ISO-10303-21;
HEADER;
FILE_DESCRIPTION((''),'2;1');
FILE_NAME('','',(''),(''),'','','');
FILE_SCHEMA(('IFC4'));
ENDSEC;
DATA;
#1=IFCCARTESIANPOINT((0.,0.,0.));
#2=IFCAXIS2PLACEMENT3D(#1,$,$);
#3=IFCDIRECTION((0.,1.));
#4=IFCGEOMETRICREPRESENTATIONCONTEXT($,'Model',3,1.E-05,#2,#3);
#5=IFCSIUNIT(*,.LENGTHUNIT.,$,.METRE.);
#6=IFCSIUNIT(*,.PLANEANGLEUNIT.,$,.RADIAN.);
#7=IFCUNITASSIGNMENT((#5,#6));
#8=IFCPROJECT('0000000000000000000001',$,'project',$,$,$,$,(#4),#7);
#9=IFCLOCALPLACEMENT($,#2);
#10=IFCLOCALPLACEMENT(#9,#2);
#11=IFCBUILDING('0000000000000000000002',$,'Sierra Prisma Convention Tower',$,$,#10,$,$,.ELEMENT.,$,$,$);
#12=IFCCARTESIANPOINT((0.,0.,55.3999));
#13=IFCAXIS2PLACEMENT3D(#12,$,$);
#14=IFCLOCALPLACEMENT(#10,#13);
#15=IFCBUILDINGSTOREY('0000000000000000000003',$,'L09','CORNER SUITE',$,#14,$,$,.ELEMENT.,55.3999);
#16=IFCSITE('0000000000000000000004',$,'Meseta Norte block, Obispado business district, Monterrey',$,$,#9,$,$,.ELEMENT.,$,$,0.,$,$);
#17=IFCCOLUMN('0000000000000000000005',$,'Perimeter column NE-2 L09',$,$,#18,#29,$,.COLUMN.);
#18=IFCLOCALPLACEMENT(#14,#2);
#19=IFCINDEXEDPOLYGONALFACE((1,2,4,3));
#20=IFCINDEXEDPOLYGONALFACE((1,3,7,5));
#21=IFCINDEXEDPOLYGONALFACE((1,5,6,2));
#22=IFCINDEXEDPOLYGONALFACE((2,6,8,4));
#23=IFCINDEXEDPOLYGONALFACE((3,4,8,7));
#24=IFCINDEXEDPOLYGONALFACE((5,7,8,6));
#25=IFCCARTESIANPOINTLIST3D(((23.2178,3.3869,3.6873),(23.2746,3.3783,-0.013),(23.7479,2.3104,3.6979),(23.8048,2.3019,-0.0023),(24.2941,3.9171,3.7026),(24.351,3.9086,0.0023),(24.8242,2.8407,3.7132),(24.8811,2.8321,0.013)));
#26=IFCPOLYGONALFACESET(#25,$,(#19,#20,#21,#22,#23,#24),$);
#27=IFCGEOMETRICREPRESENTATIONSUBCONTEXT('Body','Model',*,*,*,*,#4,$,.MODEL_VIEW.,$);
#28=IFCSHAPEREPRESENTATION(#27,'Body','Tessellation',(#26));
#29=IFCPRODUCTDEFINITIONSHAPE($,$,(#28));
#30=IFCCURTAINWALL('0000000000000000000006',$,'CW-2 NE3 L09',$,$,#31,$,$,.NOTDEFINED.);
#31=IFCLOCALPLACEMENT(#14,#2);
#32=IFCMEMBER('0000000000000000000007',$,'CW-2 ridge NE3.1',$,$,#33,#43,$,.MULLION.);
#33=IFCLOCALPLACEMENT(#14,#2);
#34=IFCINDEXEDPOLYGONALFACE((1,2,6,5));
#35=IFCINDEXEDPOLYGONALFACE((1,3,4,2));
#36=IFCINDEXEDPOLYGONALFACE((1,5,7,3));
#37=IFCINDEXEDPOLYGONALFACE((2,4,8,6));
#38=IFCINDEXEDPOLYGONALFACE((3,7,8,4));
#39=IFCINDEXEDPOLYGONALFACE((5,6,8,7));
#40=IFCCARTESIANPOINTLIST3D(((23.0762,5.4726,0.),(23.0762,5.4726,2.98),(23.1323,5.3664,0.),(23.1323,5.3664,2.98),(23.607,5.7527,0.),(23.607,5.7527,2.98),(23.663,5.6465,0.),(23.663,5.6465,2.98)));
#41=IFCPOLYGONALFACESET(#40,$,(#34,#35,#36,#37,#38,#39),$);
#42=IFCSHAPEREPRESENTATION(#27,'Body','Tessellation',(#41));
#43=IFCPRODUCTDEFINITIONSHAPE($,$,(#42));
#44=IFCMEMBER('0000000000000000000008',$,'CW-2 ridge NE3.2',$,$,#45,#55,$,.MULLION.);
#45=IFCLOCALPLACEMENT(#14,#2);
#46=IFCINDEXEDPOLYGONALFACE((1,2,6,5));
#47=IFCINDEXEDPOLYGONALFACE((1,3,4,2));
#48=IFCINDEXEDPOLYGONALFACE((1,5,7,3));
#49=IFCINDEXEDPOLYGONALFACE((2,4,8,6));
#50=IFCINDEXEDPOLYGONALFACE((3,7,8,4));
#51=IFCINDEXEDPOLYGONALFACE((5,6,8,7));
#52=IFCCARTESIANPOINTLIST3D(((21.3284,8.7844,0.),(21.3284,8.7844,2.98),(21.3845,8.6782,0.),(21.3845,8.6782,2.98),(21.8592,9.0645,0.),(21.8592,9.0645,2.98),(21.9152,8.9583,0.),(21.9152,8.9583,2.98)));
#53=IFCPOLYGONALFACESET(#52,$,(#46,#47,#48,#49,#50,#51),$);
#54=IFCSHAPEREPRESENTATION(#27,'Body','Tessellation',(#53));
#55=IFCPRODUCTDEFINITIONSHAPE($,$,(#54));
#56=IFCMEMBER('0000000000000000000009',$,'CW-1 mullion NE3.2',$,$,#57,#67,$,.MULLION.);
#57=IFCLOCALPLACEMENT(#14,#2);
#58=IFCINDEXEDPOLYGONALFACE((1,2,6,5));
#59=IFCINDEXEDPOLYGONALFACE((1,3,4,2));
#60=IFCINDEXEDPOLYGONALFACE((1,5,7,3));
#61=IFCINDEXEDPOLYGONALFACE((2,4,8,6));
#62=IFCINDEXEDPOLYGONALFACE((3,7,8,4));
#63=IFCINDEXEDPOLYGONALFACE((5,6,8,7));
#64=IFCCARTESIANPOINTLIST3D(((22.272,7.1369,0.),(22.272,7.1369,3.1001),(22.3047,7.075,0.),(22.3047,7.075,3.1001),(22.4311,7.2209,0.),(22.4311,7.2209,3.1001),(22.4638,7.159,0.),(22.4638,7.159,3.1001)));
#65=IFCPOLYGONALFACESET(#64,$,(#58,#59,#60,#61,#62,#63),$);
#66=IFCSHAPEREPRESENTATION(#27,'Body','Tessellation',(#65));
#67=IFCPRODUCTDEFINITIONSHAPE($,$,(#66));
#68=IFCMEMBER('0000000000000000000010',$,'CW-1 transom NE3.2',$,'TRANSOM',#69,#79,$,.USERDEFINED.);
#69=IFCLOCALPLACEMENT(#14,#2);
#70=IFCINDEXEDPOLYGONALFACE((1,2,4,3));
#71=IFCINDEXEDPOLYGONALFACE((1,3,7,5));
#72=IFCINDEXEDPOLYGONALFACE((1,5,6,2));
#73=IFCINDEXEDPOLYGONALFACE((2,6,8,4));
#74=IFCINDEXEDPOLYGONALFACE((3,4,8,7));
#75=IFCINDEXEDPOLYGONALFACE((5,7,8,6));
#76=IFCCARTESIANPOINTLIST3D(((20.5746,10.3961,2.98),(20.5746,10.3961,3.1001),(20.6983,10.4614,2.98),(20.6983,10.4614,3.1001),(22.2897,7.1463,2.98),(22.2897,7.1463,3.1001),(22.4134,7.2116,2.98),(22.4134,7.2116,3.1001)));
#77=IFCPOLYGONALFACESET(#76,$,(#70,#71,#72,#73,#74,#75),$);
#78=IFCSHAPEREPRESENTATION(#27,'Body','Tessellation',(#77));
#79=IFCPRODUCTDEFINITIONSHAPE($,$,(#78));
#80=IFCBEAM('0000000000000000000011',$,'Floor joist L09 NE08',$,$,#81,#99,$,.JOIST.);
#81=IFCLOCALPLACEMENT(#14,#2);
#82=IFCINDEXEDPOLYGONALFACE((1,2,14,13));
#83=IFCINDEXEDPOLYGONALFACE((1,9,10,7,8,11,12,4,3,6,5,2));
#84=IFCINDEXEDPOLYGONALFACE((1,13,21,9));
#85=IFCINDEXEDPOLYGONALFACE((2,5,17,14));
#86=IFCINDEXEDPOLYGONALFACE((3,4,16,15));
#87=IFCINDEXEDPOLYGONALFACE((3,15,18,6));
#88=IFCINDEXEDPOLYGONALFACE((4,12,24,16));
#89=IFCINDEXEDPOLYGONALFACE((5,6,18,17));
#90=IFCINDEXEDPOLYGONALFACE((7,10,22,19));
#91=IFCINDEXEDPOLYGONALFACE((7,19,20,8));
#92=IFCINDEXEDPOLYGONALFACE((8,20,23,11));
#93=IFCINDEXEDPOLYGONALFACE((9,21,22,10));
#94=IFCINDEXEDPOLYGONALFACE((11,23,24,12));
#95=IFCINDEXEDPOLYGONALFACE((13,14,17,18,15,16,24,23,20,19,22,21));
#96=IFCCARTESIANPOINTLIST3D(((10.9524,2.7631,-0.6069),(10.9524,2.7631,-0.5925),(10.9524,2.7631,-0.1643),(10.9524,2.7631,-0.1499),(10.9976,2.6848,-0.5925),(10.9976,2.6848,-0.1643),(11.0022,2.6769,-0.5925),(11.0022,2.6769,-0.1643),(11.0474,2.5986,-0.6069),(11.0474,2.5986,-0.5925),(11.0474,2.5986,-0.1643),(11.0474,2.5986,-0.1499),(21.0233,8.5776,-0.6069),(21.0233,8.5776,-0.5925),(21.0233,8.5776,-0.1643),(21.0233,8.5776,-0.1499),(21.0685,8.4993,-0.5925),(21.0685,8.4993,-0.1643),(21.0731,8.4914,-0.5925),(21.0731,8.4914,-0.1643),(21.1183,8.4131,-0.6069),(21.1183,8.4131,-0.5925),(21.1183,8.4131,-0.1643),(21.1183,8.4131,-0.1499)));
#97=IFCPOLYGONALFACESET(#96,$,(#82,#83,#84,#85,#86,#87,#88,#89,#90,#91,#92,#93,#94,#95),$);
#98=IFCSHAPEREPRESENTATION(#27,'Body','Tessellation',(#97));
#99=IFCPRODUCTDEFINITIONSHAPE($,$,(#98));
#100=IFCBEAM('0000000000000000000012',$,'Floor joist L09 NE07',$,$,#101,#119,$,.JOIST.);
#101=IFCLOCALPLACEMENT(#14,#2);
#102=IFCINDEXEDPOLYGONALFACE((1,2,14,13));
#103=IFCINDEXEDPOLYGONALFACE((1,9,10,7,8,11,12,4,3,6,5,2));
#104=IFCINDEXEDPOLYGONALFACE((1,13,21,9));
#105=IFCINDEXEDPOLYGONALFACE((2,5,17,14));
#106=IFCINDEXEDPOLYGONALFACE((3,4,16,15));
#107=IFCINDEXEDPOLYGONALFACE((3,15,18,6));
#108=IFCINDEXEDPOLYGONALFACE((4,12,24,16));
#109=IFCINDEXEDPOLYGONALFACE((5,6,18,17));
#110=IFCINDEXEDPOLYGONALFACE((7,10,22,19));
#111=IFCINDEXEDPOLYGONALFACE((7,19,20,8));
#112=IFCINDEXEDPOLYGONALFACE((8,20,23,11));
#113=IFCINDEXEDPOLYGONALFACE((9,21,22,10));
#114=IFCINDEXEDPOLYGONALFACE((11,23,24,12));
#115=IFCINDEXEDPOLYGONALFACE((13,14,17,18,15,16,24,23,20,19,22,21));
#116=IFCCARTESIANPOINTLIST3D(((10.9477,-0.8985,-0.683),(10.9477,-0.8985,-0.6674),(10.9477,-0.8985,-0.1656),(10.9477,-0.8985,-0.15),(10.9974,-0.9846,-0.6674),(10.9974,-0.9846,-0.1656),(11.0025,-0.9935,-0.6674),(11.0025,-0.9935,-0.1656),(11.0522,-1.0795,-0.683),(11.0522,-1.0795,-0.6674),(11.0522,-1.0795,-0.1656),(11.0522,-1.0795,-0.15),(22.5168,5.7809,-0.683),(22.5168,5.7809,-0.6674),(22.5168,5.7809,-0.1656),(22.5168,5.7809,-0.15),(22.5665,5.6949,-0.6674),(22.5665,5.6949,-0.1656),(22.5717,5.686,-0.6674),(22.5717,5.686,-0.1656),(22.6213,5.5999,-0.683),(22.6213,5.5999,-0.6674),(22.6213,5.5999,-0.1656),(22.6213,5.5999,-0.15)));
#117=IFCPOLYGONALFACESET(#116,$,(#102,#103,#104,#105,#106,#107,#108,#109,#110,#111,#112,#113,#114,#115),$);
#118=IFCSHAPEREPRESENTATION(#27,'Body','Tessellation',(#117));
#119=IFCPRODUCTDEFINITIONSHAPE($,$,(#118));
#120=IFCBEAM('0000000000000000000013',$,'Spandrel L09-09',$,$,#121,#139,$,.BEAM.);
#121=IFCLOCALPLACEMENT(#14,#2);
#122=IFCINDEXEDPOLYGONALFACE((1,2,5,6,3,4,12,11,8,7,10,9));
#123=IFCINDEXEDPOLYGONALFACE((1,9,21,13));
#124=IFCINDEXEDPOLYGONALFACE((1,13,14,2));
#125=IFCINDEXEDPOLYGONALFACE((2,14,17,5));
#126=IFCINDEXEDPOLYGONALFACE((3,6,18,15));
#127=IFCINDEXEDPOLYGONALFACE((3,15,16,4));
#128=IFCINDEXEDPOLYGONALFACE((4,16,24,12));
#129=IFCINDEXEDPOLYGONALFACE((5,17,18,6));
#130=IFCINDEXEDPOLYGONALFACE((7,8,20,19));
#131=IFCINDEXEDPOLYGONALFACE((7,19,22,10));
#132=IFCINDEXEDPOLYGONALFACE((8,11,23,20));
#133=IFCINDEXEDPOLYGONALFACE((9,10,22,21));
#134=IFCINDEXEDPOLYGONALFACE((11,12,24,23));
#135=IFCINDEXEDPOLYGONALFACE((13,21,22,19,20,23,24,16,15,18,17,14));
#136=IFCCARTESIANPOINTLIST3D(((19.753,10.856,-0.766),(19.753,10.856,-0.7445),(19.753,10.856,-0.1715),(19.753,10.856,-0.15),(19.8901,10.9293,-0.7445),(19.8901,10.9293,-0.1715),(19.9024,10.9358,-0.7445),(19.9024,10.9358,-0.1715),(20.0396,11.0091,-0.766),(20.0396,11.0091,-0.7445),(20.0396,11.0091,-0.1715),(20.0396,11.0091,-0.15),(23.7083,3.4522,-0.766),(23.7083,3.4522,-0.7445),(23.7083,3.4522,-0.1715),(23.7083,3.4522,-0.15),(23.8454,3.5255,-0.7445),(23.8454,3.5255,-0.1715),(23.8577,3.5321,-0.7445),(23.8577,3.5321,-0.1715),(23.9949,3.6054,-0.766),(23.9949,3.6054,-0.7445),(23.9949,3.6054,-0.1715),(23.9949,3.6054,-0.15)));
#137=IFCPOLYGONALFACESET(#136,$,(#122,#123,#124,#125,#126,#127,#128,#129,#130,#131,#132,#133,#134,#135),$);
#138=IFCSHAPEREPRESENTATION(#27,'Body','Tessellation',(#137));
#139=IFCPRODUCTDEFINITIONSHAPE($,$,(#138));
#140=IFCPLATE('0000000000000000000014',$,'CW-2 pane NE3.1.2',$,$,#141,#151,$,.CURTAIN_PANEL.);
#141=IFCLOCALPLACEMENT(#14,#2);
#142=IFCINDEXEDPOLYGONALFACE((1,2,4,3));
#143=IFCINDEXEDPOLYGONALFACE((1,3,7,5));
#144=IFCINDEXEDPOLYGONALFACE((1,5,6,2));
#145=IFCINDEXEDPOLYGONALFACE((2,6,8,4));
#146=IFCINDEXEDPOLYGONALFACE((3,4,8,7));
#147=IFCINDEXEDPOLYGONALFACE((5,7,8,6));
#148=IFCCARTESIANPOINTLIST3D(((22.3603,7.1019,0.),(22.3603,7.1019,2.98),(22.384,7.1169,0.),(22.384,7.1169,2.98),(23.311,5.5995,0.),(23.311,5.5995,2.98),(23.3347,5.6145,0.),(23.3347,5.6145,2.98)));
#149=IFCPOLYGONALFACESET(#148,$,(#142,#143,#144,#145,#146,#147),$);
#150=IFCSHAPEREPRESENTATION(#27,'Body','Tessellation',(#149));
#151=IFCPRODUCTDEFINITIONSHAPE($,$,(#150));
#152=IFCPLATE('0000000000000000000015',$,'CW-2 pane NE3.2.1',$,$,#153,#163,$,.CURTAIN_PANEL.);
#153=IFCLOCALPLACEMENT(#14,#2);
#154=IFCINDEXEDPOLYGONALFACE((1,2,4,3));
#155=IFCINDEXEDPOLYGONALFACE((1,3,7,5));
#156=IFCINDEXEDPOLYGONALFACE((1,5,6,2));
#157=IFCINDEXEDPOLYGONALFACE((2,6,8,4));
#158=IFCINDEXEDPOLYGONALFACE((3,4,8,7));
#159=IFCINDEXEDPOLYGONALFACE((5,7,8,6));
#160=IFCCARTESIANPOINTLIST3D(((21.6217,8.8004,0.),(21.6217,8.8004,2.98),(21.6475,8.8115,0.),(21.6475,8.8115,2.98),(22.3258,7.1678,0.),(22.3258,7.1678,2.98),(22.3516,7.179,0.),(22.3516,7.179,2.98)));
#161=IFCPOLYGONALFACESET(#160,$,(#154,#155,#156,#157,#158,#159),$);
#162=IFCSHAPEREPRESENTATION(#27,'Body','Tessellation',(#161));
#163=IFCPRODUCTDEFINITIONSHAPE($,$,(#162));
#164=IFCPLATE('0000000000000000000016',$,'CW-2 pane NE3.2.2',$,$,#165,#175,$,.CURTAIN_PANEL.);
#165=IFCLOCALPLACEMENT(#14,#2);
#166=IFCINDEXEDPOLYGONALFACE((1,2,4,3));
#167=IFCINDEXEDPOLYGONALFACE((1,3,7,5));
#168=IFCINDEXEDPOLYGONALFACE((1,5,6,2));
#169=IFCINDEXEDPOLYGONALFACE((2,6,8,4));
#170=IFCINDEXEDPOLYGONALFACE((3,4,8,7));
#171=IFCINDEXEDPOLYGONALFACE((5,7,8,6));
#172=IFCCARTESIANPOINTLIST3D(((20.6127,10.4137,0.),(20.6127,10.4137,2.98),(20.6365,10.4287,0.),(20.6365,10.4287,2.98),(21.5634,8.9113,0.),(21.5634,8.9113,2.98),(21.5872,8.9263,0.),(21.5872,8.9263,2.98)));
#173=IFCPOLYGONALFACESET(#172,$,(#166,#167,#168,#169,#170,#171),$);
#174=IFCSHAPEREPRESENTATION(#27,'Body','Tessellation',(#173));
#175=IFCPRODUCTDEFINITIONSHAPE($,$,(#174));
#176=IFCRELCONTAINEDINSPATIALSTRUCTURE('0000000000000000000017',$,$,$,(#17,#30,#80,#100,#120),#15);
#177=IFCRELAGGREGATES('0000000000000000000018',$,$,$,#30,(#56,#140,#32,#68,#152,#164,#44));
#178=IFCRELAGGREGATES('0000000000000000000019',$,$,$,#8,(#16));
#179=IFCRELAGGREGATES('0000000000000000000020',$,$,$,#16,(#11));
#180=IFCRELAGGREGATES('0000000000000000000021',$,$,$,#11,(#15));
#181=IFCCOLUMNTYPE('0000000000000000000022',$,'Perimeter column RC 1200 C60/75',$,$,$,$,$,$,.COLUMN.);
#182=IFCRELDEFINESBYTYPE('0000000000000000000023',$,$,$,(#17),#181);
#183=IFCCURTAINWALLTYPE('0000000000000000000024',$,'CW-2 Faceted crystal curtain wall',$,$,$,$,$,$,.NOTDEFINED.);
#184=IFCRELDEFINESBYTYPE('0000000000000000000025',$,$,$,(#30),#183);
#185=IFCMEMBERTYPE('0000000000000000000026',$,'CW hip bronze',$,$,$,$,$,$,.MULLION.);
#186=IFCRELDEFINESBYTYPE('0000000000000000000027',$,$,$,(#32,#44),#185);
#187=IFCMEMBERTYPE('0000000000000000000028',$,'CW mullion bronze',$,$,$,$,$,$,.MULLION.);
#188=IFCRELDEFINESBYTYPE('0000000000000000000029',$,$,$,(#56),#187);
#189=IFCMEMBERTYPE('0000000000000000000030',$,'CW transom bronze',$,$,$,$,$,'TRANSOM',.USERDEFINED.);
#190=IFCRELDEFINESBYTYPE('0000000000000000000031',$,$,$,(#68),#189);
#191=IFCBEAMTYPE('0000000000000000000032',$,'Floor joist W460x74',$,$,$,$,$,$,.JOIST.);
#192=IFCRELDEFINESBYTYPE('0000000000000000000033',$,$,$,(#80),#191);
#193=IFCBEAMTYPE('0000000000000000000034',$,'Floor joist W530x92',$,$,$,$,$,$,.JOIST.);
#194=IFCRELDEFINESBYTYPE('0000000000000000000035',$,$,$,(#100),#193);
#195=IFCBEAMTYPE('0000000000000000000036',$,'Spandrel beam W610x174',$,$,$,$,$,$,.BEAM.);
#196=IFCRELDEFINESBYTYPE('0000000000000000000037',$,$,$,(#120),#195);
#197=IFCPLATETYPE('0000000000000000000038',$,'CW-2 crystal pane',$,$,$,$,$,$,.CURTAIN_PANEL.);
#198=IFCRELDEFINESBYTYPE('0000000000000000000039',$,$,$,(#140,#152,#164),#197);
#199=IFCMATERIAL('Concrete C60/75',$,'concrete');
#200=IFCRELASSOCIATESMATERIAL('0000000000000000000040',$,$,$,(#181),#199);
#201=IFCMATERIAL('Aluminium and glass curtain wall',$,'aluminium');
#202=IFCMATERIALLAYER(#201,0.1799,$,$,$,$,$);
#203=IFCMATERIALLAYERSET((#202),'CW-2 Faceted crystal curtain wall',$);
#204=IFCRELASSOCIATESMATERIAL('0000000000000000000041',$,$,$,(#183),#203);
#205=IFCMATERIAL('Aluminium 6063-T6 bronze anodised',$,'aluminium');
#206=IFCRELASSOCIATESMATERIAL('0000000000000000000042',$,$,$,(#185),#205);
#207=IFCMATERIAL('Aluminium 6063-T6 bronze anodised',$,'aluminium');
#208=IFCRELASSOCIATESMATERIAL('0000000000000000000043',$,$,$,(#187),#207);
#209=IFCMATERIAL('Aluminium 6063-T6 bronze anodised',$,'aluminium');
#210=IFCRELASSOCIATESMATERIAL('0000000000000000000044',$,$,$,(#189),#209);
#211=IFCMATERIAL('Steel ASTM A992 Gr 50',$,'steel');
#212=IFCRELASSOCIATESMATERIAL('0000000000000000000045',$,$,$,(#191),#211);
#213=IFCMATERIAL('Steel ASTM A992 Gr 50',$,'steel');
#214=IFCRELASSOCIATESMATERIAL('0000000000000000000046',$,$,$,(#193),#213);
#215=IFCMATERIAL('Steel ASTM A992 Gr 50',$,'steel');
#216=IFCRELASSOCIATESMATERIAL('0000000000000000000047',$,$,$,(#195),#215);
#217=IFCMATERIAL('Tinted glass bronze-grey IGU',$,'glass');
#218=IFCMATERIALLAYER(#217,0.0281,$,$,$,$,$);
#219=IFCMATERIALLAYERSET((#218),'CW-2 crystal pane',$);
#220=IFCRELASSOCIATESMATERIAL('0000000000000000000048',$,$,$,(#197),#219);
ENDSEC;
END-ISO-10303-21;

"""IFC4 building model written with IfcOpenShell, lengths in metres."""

from ifc_helpers import new_model, si_unit, direction, frame, origin, origin_2d, place, context, subcontext, project, spatial, polyline, rectangle, i_section, outline, extrude, material, layer, layer_set, material_profile, profile_set, type_object, element, aggregate, save


model = new_model("IFC4")

# Units and contexts
model_context = context("Model", 3, precision=1e-05, world=origin(), true_north=direction((0.0, 1.0)))
body_context = subcontext(model_context, "Body", "Model", "MODEL_VIEW")
ifc_project = project(units=[si_unit("LENGTHUNIT", "METRE"), si_unit("PLANEANGLEUNIT", "RADIAN")], contexts=[model_context])

# Site, building, storey
site_placement = place(None, origin())
site = spatial("IfcSite", under=ifc_project, at=site_placement, Name="Meseta Norte block, Obispado business district, Monterrey", CompositionType="ELEMENT", RefElevation=0.0)
building_placement = place(site_placement, origin())
building = spatial("IfcBuilding", under=site, at=building_placement, Name="Sierra Prisma Convention Tower", CompositionType="ELEMENT")
storey_placement = place(building_placement, frame((0.0, 0.0, 55.3999)))
storey = spatial("IfcBuildingStorey", under=building, at=storey_placement, Name="L09", Description="CORNER SUITE", CompositionType="ELEMENT", Elevation=55.3999)

# Column
ifc_material_1 = material(Name="Concrete C60/75", Category="concrete")
ifc_material_profile_1 = material_profile(ifc_material_1, rectangle(XDim=1.2, YDim=1.2, at=origin_2d()), Name="Perimeter column RC 1200 C60/75")
ifc_profile_set_1 = profile_set([ifc_material_profile_1], Name="Concrete C60/75")
column_type = type_object("IfcColumnType", Name="Perimeter column RC 1200 C60/75", PredefinedType="COLUMN", material=ifc_profile_set_1)
column_placement = place(storey_placement, frame((24.0779, 3.1052, 0.0), z_axis=(-0.015372, 0.002309, 0.999879), x_axis=(-0.441818, 0.897061, -0.008864)))
element("IfcColumn", 1, at=column_placement, inside=storey, type_object=column_type, Name="Perimeter column NE-2 L09", PredefinedType="COLUMN", context=body_context, shape_type="SweptSolid", body=[
    extrude(rectangle(XDim=1.2, YDim=1.2, at=origin_2d()), origin(), (0.0, 0.0, 1.0), 3.7007),
])

# Curtain wall, members
ifc_material_2 = material(Name="Aluminium and glass curtain wall", Category="aluminium")
ifc_layer_1 = layer(ifc_material_2, 0.1799)
ifc_layer_set_1 = layer_set([ifc_layer_1], Name="CW-2 Faceted crystal curtain wall")
curtain_wall_type = type_object("IfcCurtainWallType", Name="CW-2 Faceted crystal curtain wall", PredefinedType="NOTDEFINED", material=ifc_layer_set_1)
curtain_wall_placement = place(storey_placement, origin())
curtain_wall = element("IfcCurtainWall", 2, at=curtain_wall_placement, inside=storey, type_object=curtain_wall_type, Name="CW-2 NE3 L09", PredefinedType="NOTDEFINED")
ifc_material_3 = material(Name="Aluminium 6063-T6 bronze anodised", Category="aluminium")
ifc_material_profile_2 = material_profile(ifc_material_3, rectangle(XDim=0.1201, YDim=0.6001, at=origin_2d()), Name="ALU RIDGE BLADE 120x600")
ifc_profile_set_2 = profile_set([ifc_material_profile_2], Name="Aluminium 6063-T6 bronze anodised")
member_type_1 = type_object("IfcMemberType", Name="CW hip bronze", PredefinedType="MULLION", material=ifc_profile_set_2)
member_1_placement = place(storey_placement, frame((23.3696, 5.5596, 0.0), z_axis=(0.0, 0.0, 1.0), x_axis=(-0.466724, 0.884403, 0.0)))
member_1 = element("IfcMember", 3, at=member_1_placement, type_object=member_type_1, Name="CW-2 ridge NE3.1", PredefinedType="MULLION", context=body_context, shape_type="SweptSolid", body=[
    extrude(rectangle(XDim=0.1201, YDim=0.6001, at=origin_2d()), origin(), (0.0, 0.0, 1.0), 2.98),
])
member_2_placement = place(storey_placement, frame((21.6218, 8.8713, 0.0), z_axis=(0.0, 0.0, 1.0), x_axis=(-0.466724, 0.884403, 0.0)))
member_2 = element("IfcMember", 4, at=member_2_placement, type_object=member_type_1, Name="CW-2 ridge NE3.2", PredefinedType="MULLION", context=body_context, shape_type="SweptSolid", body=[
    extrude(rectangle(XDim=0.1201, YDim=0.6001, at=origin_2d()), origin(), (0.0, 0.0, 1.0), 2.98),
])
ifc_material_4 = material(Name="Aluminium 6063-T6 bronze anodised", Category="aluminium")
ifc_material_profile_3 = material_profile(ifc_material_4, rectangle(XDim=0.1799, YDim=0.0701, at=origin_2d()), Name="ALU MULLION 70x180")
ifc_profile_set_3 = profile_set([ifc_material_profile_3], Name="Aluminium 6063-T6 bronze anodised")
member_type_2 = type_object("IfcMemberType", Name="CW mullion bronze", PredefinedType="MULLION", material=ifc_profile_set_3)
member_3_placement = place(storey_placement, frame((22.3679, 7.1479, 0.0), z_axis=(0.0, 0.0, 1.0), x_axis=(-0.884403, -0.466724, 0.0)))
member_3 = element("IfcMember", 5, at=member_3_placement, type_object=member_type_2, Name="CW-1 mullion NE3.2", PredefinedType="MULLION", context=body_context, shape_type="SweptSolid", body=[
    extrude(rectangle(XDim=0.1799, YDim=0.0701, at=origin_2d()), origin(), (0.0, 0.0, 1.0), 3.1001),
])
ifc_material_5 = material(Name="Aluminium 6063-T6 bronze anodised", Category="aluminium")
ifc_material_profile_4 = material_profile(ifc_material_5, rectangle(XDim=0.1399, YDim=0.1201, at=origin_2d()), Name="ALU TRANSOM 120x140")
ifc_profile_set_4 = profile_set([ifc_material_profile_4], Name="Aluminium 6063-T6 bronze anodised")
member_type_3 = type_object("IfcMemberType", Name="CW transom bronze", ElementType="TRANSOM", PredefinedType="USERDEFINED", material=ifc_profile_set_4)
member_4_placement = place(storey_placement, frame((22.3516, 7.179, 3.04), z_axis=(-0.466746, 0.884392, 0.0), x_axis=(-0.884392, -0.466746, 0.0)))
member_4 = element("IfcMember", 6, at=member_4_placement, type_object=member_type_3, Name="CW-1 transom NE3.2", ObjectType="TRANSOM", PredefinedType="USERDEFINED", context=body_context, shape_type="SweptSolid", body=[
    extrude(rectangle(XDim=0.1399, YDim=0.1201, at=origin_2d()), origin(), (0.0, 0.0, 1.0), 3.6746),
])

# Beams
ifc_material_6 = material(Name="Steel ASTM A992 Gr 50", Category="steel")
ifc_material_profile_5 = material_profile(ifc_material_6, i_section(OverallWidth=0.1899, OverallDepth=0.457, WebThickness=0.009, FlangeThickness=0.0144, at=origin_2d()), Name="W460x74")
ifc_profile_set_5 = profile_set([ifc_material_profile_5], Name="Steel ASTM A992 Gr 50")
beam_type_1 = type_object("IfcBeamType", Name="Floor joist W460x74", PredefinedType="JOIST", material=ifc_profile_set_5)
beam_1_placement = place(storey_placement, frame((21.0708, 8.4954, -0.3784), z_axis=(-0.866023, -0.500005, 0.0), x_axis=(0.500005, -0.866023, 0.0)))
element("IfcBeam", 7, at=beam_1_placement, inside=storey, type_object=beam_type_1, Name="Floor joist L09 NE08", PredefinedType="JOIST", context=body_context, shape_type="SweptSolid", body=[
    extrude(i_section(OverallWidth=0.1899, OverallDepth=0.457, WebThickness=0.009, FlangeThickness=0.0144, at=origin_2d()), origin(), (0.0, 0.0, 1.0), 11.6289),
])
ifc_material_7 = material(Name="Steel ASTM A992 Gr 50", Category="steel")
ifc_material_profile_6 = material_profile(ifc_material_7, i_section(OverallWidth=0.209, OverallDepth=0.533, WebThickness=0.0103, FlangeThickness=0.0156, at=origin_2d()), Name="W530x92")
ifc_profile_set_6 = profile_set([ifc_material_profile_6], Name="Steel ASTM A992 Gr 50")
beam_type_2 = type_object("IfcBeamType", Name="Floor joist W530x92", PredefinedType="JOIST", material=ifc_profile_set_6)
beam_2_placement = place(storey_placement, frame((22.5691, 5.6904, -0.4165), z_axis=(-0.866025, -0.500001, 0.0), x_axis=(0.500001, -0.866025, 0.0)))
element("IfcBeam", 8, at=beam_2_placement, inside=storey, type_object=beam_type_2, Name="Floor joist L09 NE07", PredefinedType="JOIST", context=body_context, shape_type="SweptSolid", body=[
    extrude(i_section(OverallWidth=0.209, OverallDepth=0.533, WebThickness=0.0103, FlangeThickness=0.0156, at=origin_2d()), origin(), (0.0, 0.0, 1.0), 13.3589),
])
ifc_material_8 = material(Name="Steel ASTM A992 Gr 50", Category="steel")
ifc_material_profile_7 = material_profile(ifc_material_8, i_section(OverallWidth=0.325, OverallDepth=0.616, WebThickness=0.0139, FlangeThickness=0.0215, at=origin_2d()), Name="W610x174")
ifc_profile_set_7 = profile_set([ifc_material_profile_7], Name="Steel ASTM A992 Gr 50")
beam_type_3 = type_object("IfcBeamType", Name="Spandrel beam W610x174", PredefinedType="BEAM", material=ifc_profile_set_7)
beam_3_placement = place(storey_placement, frame((23.8516, 3.5288, -0.458), z_axis=(-0.471203, 0.882025, 0.0), x_axis=(-0.882025, -0.471203, 0.0)))
element("IfcBeam", 9, at=beam_3_placement, inside=storey, type_object=beam_type_3, Name="Spandrel L09-09", PredefinedType="BEAM", context=body_context, shape_type="SweptSolid", body=[
    extrude(i_section(OverallWidth=0.325, OverallDepth=0.616, WebThickness=0.0139, FlangeThickness=0.0215, at=origin_2d()), origin(), (0.0, 0.0, 1.0), 8.394),
])

# Plates
ifc_material_9 = material(Name="Tinted glass bronze-grey IGU", Category="glass")
ifc_layer_2 = layer(ifc_material_9, 0.0281)
ifc_layer_set_2 = layer_set([ifc_layer_2], Name="CW-2 crystal pane")
plate_type = type_object("IfcPlateType", Name="CW-2 crystal pane", PredefinedType="CURTAIN_PANEL", material=ifc_layer_set_2)
plate_1_placement = place(storey_placement, frame((22.384, 7.1169, 0.0), z_axis=(0.845038, 0.534706, 0.0), x_axis=(0.534706, -0.845038, 0.0)))
plate_1 = element("IfcPlate", 10, at=plate_1_placement, type_object=plate_type, Name="CW-2 pane NE3.1.2", PredefinedType="CURTAIN_PANEL", context=body_context, shape_type="SweptSolid", body=[
    extrude(outline(polyline([(0.0, 0.0), (1.778, 0.0), (1.778, -2.98), (0.0, -2.98), (0.0, 0.0)])), origin(), (0.0, 0.0, -1.0), 0.0281),
])
plate_2_placement = place(storey_placement, frame((22.3516, 7.179, 0.0), z_axis=(0.918241, 0.396023, 0.0), x_axis=(-0.396023, 0.918241, 0.0)))
plate_2 = element("IfcPlate", 11, at=plate_2_placement, type_object=plate_type, Name="CW-2 pane NE3.2.1", PredefinedType="CURTAIN_PANEL", context=body_context, shape_type="SweptSolid", body=[
    extrude(outline(polyline([(0.0, 0.0), (1.7779, 0.0), (1.7779, 2.98), (0.0, 2.98), (0.0, 0.0)])), origin(), (0.0, 0.0, -1.0), 0.0281),
])
plate_3_placement = place(storey_placement, frame((20.6365, 10.4287, 0.0), z_axis=(0.845038, 0.534706, 0.0), x_axis=(0.534706, -0.845038, 0.0)))
plate_3 = element("IfcPlate", 12, at=plate_3_placement, type_object=plate_type, Name="CW-2 pane NE3.2.2", PredefinedType="CURTAIN_PANEL", context=body_context, shape_type="SweptSolid", body=[
    extrude(outline(polyline([(0.0, 0.0), (1.778, 0.0), (1.778, -2.98), (0.0, -2.98), (0.0, 0.0)])), origin(), (0.0, 0.0, -1.0), 0.0281),
])
aggregate(curtain_wall, [member_3, plate_1, member_1, member_4, plate_2, plate_3, member_2])

save(model, "model.ifc")
